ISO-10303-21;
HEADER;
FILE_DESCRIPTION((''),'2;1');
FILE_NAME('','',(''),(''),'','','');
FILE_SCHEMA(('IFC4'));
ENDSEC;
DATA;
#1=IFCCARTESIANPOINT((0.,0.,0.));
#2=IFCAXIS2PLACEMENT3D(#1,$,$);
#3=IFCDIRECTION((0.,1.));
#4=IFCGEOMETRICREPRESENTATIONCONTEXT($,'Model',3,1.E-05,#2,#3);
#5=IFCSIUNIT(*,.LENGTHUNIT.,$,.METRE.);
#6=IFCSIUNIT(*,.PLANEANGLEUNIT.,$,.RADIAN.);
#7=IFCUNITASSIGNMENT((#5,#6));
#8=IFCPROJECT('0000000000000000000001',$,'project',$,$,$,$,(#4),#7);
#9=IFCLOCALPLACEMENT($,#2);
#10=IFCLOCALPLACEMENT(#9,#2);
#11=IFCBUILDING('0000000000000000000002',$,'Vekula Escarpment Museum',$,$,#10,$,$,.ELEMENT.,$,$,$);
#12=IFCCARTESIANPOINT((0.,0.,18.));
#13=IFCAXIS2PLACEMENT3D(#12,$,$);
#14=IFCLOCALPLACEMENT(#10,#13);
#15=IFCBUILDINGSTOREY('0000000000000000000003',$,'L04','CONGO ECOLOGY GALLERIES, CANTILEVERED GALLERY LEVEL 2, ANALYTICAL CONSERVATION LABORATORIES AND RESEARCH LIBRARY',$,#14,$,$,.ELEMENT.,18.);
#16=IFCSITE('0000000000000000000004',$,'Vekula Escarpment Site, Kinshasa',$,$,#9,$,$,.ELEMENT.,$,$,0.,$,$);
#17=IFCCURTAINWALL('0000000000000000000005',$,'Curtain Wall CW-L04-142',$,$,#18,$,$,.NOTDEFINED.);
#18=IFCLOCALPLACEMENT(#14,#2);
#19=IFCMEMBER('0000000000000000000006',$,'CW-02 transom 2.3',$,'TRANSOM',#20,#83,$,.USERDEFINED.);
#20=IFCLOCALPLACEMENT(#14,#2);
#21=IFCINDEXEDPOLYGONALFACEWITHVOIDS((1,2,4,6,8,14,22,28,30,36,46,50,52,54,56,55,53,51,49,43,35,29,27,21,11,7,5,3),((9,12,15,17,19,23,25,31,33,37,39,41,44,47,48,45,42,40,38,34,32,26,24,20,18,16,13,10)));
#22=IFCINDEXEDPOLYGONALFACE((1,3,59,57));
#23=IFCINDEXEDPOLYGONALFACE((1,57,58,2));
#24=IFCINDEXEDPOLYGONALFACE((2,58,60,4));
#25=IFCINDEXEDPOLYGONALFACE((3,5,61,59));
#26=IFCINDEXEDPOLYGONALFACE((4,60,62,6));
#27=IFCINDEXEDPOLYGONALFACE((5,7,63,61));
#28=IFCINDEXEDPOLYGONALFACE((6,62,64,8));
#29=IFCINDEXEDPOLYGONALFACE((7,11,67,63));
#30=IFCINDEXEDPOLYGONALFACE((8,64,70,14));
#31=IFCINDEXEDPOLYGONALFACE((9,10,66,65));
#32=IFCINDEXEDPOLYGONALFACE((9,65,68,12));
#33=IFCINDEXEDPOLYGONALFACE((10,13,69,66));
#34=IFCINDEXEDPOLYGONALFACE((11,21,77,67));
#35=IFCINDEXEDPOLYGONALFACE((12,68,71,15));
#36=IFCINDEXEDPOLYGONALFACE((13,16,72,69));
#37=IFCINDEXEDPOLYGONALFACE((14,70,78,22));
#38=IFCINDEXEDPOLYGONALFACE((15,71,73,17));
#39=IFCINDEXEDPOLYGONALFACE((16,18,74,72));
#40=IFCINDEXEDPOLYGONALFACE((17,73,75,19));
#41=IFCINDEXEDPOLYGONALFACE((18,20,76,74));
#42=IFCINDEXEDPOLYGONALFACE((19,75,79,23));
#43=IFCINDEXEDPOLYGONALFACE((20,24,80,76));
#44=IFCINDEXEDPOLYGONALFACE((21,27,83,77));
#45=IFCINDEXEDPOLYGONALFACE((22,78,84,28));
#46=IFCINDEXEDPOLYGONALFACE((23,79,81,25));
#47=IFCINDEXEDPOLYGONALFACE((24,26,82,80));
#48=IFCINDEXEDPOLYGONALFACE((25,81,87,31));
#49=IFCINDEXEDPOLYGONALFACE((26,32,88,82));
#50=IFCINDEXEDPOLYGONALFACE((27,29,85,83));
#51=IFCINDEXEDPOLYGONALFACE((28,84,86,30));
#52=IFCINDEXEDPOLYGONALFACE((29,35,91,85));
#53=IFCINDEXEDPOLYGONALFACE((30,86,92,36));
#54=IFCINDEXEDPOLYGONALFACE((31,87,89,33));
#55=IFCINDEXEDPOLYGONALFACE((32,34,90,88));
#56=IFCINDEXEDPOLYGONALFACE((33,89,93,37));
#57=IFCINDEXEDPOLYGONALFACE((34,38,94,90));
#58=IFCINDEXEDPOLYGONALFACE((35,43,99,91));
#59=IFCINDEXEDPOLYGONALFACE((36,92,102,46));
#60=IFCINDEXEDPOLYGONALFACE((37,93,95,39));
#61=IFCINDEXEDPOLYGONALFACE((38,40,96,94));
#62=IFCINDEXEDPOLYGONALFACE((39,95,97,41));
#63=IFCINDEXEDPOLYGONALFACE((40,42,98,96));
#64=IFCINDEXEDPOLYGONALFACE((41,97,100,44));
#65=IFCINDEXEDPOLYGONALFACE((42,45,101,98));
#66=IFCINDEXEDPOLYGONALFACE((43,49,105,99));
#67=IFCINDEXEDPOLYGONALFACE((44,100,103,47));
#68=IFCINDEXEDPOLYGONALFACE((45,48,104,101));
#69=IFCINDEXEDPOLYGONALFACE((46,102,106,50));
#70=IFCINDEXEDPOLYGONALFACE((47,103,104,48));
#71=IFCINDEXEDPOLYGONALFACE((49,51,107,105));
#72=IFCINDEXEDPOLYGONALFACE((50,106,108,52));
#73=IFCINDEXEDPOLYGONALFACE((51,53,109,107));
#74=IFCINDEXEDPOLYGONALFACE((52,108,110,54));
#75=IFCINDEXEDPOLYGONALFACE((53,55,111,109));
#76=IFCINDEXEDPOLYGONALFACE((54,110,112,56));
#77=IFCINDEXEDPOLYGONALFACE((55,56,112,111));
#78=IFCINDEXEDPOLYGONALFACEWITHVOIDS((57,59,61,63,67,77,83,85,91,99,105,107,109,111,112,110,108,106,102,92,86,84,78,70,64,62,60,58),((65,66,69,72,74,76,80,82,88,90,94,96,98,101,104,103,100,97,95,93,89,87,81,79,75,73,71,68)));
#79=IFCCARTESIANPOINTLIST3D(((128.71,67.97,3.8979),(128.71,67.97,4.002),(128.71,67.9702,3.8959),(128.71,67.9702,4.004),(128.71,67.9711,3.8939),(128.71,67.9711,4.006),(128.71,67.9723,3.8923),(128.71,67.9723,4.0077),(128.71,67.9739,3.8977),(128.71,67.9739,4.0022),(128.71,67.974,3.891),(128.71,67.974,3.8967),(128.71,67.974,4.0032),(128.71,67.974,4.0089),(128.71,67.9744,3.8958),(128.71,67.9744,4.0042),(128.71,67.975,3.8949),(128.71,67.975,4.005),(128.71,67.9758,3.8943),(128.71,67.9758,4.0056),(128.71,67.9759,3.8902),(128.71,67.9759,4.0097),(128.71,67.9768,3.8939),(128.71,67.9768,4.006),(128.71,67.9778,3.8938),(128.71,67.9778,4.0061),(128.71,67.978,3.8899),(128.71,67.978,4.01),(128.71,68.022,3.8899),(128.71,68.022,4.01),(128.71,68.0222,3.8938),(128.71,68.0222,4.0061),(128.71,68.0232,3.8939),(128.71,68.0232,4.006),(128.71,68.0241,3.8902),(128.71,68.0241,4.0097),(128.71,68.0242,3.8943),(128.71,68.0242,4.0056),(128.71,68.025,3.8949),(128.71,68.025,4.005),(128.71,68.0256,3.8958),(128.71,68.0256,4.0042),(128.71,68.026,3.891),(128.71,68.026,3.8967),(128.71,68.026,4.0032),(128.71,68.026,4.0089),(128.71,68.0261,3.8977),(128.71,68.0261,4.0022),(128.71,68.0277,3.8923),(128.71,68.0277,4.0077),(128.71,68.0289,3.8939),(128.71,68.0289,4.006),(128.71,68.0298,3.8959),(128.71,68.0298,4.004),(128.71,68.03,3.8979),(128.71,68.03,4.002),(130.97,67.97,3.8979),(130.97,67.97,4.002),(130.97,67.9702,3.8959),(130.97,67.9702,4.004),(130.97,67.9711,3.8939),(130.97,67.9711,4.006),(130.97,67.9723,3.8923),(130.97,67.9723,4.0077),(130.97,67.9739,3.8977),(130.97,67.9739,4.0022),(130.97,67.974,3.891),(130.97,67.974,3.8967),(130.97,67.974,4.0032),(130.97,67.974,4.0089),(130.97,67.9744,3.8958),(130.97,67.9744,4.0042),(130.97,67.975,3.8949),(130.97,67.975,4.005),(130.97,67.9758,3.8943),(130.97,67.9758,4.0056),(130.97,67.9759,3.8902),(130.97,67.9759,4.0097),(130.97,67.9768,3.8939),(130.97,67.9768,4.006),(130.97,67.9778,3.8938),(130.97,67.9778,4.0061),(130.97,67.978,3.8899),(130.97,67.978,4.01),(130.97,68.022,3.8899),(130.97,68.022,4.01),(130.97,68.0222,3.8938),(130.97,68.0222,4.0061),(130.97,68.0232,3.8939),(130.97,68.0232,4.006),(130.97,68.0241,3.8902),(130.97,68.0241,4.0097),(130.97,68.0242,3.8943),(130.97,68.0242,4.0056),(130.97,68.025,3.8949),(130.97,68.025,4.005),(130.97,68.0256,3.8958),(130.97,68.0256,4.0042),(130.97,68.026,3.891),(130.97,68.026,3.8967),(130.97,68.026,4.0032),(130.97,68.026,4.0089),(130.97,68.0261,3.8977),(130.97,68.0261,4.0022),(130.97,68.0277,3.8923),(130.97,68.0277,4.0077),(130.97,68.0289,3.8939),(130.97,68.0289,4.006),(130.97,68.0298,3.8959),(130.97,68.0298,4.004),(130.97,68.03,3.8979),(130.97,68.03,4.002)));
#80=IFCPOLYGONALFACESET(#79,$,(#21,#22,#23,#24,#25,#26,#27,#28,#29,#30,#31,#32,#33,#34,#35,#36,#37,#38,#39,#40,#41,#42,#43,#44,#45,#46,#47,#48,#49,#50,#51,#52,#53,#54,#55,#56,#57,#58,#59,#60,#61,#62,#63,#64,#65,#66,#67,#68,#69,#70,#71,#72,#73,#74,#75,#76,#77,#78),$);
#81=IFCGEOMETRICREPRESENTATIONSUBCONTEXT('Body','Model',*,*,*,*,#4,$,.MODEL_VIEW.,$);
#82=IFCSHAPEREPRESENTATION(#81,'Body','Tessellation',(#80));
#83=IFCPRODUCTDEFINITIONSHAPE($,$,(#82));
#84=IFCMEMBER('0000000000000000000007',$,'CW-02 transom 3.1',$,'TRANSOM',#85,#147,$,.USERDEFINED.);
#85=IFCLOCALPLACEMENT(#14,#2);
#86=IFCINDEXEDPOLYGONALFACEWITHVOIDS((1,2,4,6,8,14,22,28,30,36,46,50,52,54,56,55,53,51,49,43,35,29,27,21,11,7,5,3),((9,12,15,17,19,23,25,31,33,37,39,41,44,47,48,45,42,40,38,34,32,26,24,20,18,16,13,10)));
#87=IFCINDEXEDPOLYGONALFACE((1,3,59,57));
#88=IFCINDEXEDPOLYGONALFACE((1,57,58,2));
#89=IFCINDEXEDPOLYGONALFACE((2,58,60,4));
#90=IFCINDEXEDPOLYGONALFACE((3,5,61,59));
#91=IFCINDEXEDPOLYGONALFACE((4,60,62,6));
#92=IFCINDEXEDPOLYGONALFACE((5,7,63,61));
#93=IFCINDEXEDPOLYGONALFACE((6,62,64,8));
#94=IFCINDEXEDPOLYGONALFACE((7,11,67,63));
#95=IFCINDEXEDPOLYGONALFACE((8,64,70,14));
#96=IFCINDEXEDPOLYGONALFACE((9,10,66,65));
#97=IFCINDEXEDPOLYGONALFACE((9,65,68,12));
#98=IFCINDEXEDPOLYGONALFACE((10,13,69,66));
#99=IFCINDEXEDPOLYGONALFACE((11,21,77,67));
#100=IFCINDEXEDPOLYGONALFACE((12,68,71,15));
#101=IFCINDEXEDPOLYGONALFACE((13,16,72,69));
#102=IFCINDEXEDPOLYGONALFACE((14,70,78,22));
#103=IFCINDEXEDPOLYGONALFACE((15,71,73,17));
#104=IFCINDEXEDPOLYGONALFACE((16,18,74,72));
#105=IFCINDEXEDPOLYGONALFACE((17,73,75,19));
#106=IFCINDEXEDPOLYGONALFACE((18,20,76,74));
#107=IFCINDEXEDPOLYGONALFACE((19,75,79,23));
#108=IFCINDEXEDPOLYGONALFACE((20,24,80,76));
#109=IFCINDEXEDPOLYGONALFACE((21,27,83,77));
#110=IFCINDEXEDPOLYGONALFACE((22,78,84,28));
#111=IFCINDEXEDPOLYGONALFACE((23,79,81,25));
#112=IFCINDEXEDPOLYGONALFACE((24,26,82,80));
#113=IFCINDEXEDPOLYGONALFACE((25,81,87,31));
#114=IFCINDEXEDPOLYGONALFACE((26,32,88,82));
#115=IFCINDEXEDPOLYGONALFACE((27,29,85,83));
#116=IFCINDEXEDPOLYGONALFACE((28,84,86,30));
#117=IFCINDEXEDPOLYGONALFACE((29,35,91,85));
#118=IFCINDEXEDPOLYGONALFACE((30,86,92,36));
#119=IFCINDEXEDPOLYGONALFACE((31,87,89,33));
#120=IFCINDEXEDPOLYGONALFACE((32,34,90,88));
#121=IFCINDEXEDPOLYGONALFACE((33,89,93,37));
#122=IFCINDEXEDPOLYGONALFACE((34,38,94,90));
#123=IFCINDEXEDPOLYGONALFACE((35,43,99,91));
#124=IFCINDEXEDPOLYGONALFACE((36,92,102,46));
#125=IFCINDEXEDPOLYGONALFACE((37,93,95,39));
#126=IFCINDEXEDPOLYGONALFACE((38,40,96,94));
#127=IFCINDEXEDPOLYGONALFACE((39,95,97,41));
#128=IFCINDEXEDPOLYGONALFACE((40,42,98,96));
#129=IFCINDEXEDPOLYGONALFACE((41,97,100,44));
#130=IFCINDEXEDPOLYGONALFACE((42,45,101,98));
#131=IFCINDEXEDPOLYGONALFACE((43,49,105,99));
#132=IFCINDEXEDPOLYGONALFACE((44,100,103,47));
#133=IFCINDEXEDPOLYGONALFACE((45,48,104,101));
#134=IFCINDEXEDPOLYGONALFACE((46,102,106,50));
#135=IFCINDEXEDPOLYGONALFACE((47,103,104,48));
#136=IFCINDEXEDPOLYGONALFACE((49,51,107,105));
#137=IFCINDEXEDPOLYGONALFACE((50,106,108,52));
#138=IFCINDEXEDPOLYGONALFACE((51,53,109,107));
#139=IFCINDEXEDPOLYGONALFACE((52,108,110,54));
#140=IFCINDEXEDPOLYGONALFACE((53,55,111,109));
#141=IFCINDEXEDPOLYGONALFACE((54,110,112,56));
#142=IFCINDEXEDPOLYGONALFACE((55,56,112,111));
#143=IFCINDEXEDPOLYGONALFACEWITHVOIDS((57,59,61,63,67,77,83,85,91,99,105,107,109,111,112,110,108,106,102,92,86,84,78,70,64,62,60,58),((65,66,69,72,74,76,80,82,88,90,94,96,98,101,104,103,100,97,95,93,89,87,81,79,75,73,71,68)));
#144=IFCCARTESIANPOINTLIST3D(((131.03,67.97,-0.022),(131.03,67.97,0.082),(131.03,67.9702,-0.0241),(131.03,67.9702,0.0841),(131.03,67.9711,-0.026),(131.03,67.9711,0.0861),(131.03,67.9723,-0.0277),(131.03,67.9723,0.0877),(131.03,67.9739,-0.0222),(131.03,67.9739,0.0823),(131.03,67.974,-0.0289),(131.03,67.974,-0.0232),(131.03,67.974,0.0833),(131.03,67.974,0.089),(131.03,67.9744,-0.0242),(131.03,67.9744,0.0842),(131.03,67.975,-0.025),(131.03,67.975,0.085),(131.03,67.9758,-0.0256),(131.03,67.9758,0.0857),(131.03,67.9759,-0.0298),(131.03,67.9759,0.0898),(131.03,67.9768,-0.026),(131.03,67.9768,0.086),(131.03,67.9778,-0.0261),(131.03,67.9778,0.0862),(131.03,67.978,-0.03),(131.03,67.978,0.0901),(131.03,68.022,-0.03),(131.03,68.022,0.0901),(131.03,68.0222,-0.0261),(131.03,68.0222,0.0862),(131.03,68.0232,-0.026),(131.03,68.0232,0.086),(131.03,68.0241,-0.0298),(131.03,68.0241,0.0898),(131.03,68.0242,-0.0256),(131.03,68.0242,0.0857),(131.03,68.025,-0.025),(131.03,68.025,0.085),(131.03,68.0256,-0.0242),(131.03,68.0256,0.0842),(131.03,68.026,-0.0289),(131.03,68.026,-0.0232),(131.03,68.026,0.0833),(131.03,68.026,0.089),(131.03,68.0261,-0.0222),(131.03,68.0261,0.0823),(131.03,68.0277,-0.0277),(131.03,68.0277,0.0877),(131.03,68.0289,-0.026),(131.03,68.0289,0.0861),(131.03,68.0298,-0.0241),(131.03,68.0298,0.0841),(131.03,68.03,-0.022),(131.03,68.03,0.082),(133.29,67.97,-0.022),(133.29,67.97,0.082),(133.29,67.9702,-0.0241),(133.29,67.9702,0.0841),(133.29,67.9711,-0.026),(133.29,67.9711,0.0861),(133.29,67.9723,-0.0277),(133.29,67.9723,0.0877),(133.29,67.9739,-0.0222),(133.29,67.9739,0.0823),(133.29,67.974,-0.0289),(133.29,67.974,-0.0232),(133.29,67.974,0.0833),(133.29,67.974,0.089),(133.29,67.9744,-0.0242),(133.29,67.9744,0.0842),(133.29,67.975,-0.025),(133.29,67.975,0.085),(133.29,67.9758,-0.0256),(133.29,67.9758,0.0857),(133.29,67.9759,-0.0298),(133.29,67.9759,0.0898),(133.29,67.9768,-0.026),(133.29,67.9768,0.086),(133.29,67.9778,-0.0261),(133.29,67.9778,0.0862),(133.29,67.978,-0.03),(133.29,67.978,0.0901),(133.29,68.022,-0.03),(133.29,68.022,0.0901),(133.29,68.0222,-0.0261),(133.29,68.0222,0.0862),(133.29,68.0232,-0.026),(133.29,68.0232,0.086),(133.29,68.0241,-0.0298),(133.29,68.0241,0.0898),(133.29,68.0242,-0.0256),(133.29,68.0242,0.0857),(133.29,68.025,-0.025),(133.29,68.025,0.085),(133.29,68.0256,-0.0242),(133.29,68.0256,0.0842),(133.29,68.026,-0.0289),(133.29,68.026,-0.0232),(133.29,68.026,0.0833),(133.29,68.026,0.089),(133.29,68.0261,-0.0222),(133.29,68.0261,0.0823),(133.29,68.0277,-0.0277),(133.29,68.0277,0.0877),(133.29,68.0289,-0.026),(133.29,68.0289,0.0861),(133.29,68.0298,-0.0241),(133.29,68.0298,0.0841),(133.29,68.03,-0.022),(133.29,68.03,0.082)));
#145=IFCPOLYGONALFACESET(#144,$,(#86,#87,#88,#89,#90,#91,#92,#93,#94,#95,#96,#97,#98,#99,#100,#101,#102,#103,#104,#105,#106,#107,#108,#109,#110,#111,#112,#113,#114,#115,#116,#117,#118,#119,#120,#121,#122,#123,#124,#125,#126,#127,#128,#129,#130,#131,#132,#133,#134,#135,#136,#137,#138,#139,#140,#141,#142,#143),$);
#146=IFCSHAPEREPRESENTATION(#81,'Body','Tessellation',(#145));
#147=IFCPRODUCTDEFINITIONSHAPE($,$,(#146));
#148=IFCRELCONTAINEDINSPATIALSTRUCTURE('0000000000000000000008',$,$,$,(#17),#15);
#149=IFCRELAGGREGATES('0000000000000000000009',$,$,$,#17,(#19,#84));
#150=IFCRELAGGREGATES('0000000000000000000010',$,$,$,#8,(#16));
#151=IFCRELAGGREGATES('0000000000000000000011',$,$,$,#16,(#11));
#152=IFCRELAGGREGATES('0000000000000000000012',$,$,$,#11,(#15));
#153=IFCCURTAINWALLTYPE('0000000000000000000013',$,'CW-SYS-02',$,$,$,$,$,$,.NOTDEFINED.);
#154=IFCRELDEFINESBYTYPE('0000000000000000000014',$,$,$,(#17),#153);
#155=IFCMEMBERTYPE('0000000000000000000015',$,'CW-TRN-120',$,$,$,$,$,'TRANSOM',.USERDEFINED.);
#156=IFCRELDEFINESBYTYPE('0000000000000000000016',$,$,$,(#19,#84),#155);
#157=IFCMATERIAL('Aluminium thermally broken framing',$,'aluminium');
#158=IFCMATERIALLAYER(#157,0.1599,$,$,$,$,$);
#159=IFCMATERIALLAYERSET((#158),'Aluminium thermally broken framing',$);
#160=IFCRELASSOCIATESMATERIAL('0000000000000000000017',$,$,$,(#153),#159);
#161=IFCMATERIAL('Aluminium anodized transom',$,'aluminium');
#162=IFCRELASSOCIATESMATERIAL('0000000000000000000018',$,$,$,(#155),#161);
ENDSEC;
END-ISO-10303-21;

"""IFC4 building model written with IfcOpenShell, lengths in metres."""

from ifc_helpers import new_model, si_unit, direction, frame, origin, origin_2d, place, context, subcontext, project, spatial, hollow_rectangle, extrude, material, layer, layer_set, material_profile, profile_set, type_object, element, aggregate, save


model = new_model("IFC4")

# Units and contexts
model_context = context("Model", 3, precision=1e-05, world=origin(), true_north=direction((0.0, 1.0)))
body_context = subcontext(model_context, "Body", "Model", "MODEL_VIEW")
ifc_project = project(units=[si_unit("LENGTHUNIT", "METRE"), si_unit("PLANEANGLEUNIT", "RADIAN")], contexts=[model_context])

# Site, building, storey
site_placement = place(None, origin())
site = spatial("IfcSite", under=ifc_project, at=site_placement, Name="Vekula Escarpment Site, Kinshasa", CompositionType="ELEMENT", RefElevation=0.0)
building_placement = place(site_placement, origin())
building = spatial("IfcBuilding", under=site, at=building_placement, Name="Vekula Escarpment Museum", CompositionType="ELEMENT")
storey_placement = place(building_placement, frame((0.0, 0.0, 18.0)))
storey = spatial("IfcBuildingStorey", under=building, at=storey_placement, Name="L04", Description="CONGO ECOLOGY GALLERIES, CANTILEVERED GALLERY LEVEL 2, ANALYTICAL CONSERVATION LABORATORIES AND RESEARCH LIBRARY", CompositionType="ELEMENT", Elevation=18.0)

# Curtain wall, members
ifc_material_1 = material(Name="Aluminium thermally broken framing", Category="aluminium")
ifc_layer_1 = layer(ifc_material_1, 0.1599)
ifc_layer_set_1 = layer_set([ifc_layer_1], Name="Aluminium thermally broken framing")
curtain_wall_type = type_object("IfcCurtainWallType", Name="CW-SYS-02", PredefinedType="NOTDEFINED", material=ifc_layer_set_1)
curtain_wall_placement = place(storey_placement, origin())
curtain_wall = element("IfcCurtainWall", 1, at=curtain_wall_placement, inside=storey, type_object=curtain_wall_type, Name="Curtain Wall CW-L04-142", PredefinedType="NOTDEFINED")
ifc_material_2 = material(Name="Aluminium anodized transom", Category="aluminium")
ifc_material_profile_1 = material_profile(ifc_material_2, hollow_rectangle(XDim=0.0601, YDim=0.1201, WallThickness=0.0039, InnerFilletRadius=0.0039, OuterFilletRadius=0.0081, at=origin_2d()), Name="ALU 120x60x4")
ifc_profile_set_1 = profile_set([ifc_material_profile_1], Name="Aluminium anodized transom")
member_type_1 = type_object("IfcMemberType", Name="CW-TRN-120", ElementType="TRANSOM", PredefinedType="USERDEFINED", material=ifc_profile_set_1)
member_1_placement = place(storey_placement, frame((128.71, 68.0, 3.95), z_axis=(1.0, 0.0, 0.0), x_axis=(0.0, 1.0, 0.0)))
member_1 = element("IfcMember", 2, at=member_1_placement, type_object=member_type_1, Name="CW-02 transom 2.3", ObjectType="TRANSOM", PredefinedType="USERDEFINED", context=body_context, shape_type="SweptSolid", body=[
    extrude(hollow_rectangle(XDim=0.0601, YDim=0.1201, WallThickness=0.0039, InnerFilletRadius=0.0039, OuterFilletRadius=0.0081, at=origin_2d()), origin(), (0.0, 0.0, 1.0), 2.26),
])
member_2_placement = place(storey_placement, frame((131.03, 68.0, 0.03), z_axis=(1.0, 0.0, 0.0), x_axis=(0.0, 1.0, 0.0)))
member_2 = element("IfcMember", 3, at=member_2_placement, type_object=member_type_1, Name="CW-02 transom 3.1", ObjectType="TRANSOM", PredefinedType="USERDEFINED", context=body_context, shape_type="SweptSolid", body=[
    extrude(hollow_rectangle(XDim=0.0601, YDim=0.1201, WallThickness=0.0039, InnerFilletRadius=0.0039, OuterFilletRadius=0.0081, at=origin_2d()), origin(), (0.0, 0.0, 1.0), 2.26),
])

aggregate(curtain_wall, [member_1, member_2])

save(model, "model.ifc")
